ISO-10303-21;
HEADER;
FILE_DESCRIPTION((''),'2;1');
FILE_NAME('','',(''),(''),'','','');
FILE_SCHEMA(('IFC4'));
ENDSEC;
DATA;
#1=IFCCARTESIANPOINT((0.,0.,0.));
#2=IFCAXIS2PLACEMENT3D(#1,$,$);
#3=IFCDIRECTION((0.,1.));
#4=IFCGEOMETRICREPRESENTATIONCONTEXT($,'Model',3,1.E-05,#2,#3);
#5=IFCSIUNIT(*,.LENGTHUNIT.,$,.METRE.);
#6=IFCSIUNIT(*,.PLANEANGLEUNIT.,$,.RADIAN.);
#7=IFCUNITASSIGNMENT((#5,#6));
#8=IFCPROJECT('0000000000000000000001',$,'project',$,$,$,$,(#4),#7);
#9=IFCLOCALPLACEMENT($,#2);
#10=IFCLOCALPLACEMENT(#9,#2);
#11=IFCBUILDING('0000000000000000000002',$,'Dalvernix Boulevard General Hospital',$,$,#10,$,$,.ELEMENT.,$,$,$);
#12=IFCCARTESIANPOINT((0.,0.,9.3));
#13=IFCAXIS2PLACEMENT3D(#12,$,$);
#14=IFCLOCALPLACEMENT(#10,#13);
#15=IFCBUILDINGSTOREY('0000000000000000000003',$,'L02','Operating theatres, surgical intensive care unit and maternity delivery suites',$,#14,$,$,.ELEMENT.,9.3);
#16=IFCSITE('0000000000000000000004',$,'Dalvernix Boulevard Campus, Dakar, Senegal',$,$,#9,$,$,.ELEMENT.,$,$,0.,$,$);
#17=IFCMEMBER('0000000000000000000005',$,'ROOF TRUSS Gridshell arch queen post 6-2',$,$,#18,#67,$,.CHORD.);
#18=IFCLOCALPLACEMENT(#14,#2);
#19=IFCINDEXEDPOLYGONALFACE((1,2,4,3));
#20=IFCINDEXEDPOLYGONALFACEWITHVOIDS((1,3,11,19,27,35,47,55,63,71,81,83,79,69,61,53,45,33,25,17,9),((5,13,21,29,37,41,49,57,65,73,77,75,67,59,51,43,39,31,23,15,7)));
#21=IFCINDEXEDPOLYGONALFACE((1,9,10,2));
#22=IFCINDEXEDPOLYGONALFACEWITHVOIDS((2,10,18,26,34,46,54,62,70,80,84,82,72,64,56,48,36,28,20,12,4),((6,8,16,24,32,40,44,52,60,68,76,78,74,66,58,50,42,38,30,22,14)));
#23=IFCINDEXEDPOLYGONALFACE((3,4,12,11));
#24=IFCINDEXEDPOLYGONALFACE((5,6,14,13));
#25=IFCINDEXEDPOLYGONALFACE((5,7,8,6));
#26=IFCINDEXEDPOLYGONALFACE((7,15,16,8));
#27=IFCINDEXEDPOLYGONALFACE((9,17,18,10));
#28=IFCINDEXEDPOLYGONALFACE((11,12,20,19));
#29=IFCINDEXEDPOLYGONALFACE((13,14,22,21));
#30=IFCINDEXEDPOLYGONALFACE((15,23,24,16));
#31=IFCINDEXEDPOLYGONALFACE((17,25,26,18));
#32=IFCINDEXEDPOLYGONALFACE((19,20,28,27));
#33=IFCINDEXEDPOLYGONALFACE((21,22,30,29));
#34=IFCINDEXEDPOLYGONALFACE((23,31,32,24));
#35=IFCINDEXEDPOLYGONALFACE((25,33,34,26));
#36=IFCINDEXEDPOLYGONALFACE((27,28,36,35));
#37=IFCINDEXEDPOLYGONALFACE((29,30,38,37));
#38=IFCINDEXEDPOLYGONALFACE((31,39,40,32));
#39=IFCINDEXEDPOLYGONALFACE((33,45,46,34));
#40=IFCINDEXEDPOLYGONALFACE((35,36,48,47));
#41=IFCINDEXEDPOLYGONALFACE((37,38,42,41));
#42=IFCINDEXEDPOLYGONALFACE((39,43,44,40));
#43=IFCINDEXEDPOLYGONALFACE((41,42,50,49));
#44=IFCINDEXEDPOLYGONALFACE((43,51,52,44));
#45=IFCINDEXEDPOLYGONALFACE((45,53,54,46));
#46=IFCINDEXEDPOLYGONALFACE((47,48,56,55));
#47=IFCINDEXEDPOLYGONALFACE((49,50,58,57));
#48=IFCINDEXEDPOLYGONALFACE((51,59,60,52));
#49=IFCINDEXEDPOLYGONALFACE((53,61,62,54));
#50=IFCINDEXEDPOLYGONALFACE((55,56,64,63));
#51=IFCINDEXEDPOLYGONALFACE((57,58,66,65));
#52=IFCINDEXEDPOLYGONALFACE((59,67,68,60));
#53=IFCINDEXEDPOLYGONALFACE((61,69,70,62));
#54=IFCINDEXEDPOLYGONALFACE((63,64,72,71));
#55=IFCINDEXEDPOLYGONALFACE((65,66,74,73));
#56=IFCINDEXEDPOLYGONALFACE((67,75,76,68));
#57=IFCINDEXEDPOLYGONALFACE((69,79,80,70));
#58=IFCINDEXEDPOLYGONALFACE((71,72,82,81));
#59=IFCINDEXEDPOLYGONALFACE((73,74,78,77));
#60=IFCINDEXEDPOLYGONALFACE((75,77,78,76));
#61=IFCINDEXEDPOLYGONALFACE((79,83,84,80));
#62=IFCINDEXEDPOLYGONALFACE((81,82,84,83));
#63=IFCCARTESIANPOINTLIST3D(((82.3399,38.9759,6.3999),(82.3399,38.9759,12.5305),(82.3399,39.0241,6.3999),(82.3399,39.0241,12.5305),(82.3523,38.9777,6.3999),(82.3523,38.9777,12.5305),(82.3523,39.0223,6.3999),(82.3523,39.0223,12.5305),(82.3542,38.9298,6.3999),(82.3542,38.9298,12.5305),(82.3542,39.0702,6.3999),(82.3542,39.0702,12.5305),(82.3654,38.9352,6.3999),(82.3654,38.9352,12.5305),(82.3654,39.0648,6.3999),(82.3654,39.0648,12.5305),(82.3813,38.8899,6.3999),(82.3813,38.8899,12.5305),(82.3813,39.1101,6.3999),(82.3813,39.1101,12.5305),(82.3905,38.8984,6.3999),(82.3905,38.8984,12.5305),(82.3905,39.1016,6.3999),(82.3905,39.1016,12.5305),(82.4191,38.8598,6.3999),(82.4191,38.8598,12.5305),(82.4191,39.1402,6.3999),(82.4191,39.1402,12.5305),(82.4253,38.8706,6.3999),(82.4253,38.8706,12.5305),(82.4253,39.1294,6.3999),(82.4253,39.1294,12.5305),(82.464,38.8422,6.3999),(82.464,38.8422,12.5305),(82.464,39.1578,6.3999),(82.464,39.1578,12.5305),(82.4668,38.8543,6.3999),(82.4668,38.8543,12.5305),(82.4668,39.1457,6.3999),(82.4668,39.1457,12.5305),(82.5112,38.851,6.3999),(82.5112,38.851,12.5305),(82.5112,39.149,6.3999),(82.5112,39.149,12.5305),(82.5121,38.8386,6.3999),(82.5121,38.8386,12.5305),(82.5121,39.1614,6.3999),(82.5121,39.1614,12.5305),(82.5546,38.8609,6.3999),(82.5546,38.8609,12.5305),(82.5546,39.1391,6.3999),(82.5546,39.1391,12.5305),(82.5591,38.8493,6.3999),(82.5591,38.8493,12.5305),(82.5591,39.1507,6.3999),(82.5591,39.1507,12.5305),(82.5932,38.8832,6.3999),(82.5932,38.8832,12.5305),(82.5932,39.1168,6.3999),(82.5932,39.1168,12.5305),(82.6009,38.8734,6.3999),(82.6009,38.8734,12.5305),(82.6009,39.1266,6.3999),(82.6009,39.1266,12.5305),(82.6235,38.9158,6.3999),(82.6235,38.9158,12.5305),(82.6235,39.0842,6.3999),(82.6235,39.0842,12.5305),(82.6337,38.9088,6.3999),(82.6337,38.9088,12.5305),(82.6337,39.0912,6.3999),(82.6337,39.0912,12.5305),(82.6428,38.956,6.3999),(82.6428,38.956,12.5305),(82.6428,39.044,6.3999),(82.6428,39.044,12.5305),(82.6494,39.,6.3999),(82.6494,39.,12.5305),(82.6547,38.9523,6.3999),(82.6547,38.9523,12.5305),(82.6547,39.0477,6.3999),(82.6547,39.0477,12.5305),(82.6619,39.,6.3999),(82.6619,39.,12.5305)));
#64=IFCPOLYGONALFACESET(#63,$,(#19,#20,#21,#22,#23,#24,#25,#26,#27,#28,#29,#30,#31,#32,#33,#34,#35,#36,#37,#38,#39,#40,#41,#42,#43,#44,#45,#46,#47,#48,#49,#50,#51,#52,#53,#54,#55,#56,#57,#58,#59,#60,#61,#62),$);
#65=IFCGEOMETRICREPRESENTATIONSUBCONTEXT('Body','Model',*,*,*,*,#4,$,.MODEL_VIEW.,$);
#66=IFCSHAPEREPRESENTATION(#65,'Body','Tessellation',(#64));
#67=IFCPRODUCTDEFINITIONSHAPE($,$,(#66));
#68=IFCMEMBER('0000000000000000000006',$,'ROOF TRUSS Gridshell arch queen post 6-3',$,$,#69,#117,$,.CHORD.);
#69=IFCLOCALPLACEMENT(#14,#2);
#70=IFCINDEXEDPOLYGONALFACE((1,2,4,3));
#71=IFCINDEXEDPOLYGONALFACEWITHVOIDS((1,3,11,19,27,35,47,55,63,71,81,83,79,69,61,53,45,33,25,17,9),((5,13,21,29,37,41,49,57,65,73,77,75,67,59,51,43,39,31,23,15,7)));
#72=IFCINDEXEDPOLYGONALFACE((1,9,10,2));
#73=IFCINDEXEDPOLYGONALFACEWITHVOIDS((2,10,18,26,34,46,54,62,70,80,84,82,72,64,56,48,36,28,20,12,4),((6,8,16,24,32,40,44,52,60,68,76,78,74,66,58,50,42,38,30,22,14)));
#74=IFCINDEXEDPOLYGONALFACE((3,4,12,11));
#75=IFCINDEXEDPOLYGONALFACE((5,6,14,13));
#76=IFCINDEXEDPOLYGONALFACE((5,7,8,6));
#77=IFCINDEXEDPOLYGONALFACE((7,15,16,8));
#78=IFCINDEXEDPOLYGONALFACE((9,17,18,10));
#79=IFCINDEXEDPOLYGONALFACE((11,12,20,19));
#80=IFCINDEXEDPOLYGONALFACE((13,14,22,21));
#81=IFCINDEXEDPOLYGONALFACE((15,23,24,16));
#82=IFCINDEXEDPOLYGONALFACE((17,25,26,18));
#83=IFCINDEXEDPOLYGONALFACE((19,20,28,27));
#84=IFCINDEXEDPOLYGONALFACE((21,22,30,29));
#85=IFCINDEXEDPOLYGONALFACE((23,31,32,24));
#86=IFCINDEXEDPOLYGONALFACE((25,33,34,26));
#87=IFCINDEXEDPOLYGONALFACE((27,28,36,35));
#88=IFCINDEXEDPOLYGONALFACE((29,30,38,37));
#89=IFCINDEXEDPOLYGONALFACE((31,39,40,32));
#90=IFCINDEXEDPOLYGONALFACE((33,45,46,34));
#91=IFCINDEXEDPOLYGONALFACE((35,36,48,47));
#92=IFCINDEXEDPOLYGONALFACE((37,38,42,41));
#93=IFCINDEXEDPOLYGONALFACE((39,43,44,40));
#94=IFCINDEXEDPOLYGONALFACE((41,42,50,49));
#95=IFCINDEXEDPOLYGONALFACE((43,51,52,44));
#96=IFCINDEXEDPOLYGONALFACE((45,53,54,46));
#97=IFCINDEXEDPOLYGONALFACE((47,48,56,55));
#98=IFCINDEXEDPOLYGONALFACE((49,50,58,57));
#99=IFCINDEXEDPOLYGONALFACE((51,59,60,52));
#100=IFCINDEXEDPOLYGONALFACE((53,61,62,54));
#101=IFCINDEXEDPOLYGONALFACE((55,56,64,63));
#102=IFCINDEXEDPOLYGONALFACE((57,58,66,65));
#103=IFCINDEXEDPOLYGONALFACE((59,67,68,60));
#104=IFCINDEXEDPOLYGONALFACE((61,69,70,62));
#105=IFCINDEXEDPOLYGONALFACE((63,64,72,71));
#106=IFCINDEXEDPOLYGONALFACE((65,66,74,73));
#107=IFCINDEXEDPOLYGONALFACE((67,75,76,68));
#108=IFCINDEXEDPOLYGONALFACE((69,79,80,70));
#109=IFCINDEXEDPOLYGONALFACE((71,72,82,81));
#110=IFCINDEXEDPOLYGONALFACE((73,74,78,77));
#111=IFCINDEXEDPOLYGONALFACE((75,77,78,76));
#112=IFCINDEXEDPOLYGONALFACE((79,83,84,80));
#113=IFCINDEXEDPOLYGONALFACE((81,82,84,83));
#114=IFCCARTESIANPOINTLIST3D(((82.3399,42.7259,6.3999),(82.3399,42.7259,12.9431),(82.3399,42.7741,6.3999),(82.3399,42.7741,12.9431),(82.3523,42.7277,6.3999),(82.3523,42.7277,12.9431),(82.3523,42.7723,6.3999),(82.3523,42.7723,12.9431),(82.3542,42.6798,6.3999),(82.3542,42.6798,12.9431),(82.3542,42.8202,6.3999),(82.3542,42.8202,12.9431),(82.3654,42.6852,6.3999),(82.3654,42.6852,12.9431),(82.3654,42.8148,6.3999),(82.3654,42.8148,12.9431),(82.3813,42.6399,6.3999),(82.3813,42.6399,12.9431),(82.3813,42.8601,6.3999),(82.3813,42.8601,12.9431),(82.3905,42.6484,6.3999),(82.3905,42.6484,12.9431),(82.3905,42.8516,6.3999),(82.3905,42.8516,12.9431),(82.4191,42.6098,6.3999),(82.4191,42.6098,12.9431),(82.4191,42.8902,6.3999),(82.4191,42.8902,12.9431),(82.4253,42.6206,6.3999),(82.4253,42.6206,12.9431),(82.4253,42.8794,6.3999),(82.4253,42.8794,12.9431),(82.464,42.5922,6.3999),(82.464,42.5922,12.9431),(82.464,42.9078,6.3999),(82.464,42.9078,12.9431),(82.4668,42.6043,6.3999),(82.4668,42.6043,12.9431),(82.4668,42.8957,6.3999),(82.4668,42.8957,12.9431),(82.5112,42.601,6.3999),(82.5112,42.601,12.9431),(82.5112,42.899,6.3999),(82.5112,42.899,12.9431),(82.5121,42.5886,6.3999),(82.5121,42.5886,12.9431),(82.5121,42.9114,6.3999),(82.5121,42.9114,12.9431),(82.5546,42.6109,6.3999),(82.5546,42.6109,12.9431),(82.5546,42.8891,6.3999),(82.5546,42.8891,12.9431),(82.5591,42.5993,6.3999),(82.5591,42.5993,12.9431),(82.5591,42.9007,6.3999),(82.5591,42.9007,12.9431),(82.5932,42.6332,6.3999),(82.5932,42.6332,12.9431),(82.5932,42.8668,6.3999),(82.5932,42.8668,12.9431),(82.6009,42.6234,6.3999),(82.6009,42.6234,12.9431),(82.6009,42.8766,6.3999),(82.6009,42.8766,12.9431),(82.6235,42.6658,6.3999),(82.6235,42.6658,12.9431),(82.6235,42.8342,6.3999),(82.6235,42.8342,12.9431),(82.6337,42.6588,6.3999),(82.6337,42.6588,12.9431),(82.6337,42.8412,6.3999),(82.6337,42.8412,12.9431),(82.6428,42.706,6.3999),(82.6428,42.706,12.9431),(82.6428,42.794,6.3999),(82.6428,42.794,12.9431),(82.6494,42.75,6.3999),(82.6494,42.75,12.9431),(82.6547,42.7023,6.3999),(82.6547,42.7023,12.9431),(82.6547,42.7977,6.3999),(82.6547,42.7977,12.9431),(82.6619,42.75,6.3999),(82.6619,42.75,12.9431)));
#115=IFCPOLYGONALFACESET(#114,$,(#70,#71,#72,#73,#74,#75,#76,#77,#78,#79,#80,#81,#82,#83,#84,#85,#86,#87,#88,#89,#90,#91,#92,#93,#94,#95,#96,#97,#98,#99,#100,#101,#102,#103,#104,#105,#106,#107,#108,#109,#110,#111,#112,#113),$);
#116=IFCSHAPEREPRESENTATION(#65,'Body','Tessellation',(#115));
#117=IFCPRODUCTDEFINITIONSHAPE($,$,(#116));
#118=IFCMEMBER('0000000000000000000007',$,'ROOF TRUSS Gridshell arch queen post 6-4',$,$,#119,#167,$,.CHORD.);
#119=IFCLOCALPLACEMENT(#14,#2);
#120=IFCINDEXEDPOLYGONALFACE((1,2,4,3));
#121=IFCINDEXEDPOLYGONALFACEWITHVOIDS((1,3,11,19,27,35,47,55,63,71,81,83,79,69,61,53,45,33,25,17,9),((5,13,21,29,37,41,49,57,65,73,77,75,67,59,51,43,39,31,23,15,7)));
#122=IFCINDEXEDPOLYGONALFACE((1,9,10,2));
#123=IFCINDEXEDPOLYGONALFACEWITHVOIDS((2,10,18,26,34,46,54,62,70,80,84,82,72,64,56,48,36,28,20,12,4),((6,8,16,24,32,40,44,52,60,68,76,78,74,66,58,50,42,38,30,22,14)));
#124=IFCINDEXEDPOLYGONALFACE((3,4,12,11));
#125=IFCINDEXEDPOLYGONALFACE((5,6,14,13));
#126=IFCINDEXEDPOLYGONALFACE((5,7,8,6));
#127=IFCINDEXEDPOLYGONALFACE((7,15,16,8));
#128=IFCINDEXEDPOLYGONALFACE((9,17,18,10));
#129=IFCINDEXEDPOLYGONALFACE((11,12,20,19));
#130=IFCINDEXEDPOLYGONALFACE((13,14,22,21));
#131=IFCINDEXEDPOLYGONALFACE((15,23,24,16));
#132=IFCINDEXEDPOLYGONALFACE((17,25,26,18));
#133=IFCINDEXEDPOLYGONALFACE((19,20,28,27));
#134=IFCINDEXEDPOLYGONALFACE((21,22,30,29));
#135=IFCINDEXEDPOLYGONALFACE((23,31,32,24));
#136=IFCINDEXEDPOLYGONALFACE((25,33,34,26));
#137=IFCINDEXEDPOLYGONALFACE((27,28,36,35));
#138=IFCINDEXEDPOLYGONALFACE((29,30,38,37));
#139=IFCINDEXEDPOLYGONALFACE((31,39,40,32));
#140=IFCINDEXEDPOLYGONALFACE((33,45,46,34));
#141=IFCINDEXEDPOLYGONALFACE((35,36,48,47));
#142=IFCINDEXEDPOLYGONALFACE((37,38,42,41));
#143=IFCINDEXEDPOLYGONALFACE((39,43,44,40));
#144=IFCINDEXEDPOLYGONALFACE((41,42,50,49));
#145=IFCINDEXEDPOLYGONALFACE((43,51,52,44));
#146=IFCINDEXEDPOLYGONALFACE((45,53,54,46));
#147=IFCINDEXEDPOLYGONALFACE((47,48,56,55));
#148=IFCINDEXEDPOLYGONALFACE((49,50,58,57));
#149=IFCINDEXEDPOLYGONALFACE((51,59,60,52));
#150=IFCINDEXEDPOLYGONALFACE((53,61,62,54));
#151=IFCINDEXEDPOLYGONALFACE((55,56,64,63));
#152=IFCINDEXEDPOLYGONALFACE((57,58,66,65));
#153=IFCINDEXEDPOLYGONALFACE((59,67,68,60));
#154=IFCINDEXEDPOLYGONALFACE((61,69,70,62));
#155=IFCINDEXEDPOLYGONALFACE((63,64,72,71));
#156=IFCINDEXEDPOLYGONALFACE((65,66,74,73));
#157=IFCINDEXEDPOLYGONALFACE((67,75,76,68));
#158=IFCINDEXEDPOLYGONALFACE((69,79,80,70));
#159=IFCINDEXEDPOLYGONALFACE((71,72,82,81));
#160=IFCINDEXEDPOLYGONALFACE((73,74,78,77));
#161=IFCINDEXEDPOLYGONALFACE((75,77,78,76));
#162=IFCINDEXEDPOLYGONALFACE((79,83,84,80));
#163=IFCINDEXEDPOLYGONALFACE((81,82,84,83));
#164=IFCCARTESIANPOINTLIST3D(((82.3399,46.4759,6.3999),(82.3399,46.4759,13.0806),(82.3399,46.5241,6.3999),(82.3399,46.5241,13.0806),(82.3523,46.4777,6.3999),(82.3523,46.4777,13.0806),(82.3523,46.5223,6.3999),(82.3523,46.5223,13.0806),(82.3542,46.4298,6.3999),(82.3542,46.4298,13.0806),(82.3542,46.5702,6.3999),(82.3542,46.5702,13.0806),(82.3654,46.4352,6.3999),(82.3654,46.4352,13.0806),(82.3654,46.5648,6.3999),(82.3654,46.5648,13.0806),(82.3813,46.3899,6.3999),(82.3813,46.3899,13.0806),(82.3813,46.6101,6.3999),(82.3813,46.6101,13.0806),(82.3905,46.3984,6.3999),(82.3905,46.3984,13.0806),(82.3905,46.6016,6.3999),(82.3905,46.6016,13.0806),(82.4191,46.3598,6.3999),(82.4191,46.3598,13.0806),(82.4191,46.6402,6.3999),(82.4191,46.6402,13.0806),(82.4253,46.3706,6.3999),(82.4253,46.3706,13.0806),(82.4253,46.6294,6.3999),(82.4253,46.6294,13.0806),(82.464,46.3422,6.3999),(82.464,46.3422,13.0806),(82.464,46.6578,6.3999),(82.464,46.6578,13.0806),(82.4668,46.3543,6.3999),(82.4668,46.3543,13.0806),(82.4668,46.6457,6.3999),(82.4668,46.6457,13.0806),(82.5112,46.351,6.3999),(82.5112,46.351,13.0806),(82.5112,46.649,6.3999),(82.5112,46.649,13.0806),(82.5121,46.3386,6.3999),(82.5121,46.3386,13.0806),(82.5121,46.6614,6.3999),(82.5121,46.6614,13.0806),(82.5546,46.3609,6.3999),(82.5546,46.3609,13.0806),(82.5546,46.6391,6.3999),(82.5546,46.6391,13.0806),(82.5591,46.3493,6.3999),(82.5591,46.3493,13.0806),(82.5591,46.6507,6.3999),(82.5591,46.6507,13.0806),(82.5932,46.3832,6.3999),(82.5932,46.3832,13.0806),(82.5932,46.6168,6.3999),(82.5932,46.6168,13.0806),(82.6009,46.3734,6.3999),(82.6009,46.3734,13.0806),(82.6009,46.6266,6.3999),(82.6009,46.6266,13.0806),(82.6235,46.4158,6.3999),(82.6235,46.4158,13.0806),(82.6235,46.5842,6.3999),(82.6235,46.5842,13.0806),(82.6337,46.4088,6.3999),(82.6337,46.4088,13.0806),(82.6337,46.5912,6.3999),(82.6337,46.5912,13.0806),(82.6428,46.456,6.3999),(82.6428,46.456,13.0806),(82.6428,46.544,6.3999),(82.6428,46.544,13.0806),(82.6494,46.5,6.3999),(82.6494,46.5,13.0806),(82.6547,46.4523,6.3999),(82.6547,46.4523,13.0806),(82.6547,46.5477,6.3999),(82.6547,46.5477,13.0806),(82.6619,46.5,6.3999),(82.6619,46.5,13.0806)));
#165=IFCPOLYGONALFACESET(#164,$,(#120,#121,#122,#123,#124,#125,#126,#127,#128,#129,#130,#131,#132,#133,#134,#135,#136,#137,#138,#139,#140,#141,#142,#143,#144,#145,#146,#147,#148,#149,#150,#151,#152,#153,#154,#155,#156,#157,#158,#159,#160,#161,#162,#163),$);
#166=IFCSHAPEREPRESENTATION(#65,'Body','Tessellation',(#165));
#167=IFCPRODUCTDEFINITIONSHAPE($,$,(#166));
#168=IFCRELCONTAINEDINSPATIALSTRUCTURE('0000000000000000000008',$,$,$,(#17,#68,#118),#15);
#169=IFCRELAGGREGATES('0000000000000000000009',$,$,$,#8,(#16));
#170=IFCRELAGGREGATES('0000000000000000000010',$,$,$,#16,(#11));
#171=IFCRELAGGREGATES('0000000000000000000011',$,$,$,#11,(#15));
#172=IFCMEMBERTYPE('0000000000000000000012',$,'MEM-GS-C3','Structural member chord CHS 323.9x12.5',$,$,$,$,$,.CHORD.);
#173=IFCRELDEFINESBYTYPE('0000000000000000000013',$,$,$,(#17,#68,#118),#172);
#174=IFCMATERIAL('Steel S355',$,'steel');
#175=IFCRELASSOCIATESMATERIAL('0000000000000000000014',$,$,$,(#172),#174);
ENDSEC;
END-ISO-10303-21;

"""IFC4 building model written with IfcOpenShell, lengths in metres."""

from ifc_helpers import new_model, si_unit, direction, frame, origin, origin_2d, place, context, subcontext, project, spatial, hollow_circle, extrude, material, material_profile, profile_set, type_object, element, save


model = new_model("IFC4")

# Units and contexts
model_context = context("Model", 3, precision=1e-05, world=origin(), true_north=direction((0.0, 1.0)))
body_context = subcontext(model_context, "Body", "Model", "MODEL_VIEW")
ifc_project = project(units=[si_unit("LENGTHUNIT", "METRE"), si_unit("PLANEANGLEUNIT", "RADIAN")], contexts=[model_context])

# Site, building, storey
site_placement = place(None, origin())
site = spatial("IfcSite", under=ifc_project, at=site_placement, Name="Dalvernix Boulevard Campus, Dakar, Senegal", CompositionType="ELEMENT", RefElevation=0.0)
building_placement = place(site_placement, origin())
building = spatial("IfcBuilding", under=site, at=building_placement, Name="Dalvernix Boulevard General Hospital", CompositionType="ELEMENT")
storey_placement = place(building_placement, frame((0.0, 0.0, 9.3)))
storey = spatial("IfcBuildingStorey", under=building, at=storey_placement, Name="L02", Description="Operating theatres, surgical intensive care unit and maternity delivery suites", CompositionType="ELEMENT", Elevation=9.3)

# Shared definitions
ifc_material_1 = material(Name="Steel S355", Category="steel")

# Members
ifc_material_profile_1 = material_profile(ifc_material_1, hollow_circle(Radius=0.1619, WallThickness=0.0125, at=origin_2d()), Name="CHS 323.9x12.5")
ifc_profile_set_1 = profile_set([ifc_material_profile_1], Name="Steel S355")
member_type_1 = type_object("IfcMemberType", Name="MEM-GS-C3", Description="Structural member chord CHS 323.9x12.5", PredefinedType="CHORD", material=ifc_profile_set_1)
member_1_placement = place(storey_placement, frame((82.5, 39.0, 6.3999), z_axis=(0.0, 0.0, 1.0), x_axis=(1.0, 0.0, 0.0)))
element("IfcMember", 1, at=member_1_placement, inside=storey, type_object=member_type_1, Name="ROOF TRUSS Gridshell arch queen post 6-2", PredefinedType="CHORD", context=body_context, shape_type="SweptSolid", body=[
    extrude(hollow_circle(Radius=0.1619, WallThickness=0.0125, at=origin_2d()), origin(), (0.0, 0.0, 1.0), 6.1306),
])
member_2_placement = place(storey_placement, frame((82.5, 42.75, 6.3999), z_axis=(0.0, 0.0, 1.0), x_axis=(1.0, 0.0, 0.0)))
element("IfcMember", 2, at=member_2_placement, inside=storey, type_object=member_type_1, Name="ROOF TRUSS Gridshell arch queen post 6-3", PredefinedType="CHORD", context=body_context, shape_type="SweptSolid", body=[
    extrude(hollow_circle(Radius=0.1619, WallThickness=0.0125, at=origin_2d()), origin(), (0.0, 0.0, 1.0), 6.5432),
])
member_3_placement = place(storey_placement, frame((82.5, 46.5, 6.3999), z_axis=(0.0, 0.0, 1.0), x_axis=(1.0, 0.0, 0.0)))
element("IfcMember", 3, at=member_3_placement, inside=storey, type_object=member_type_1, Name="ROOF TRUSS Gridshell arch queen post 6-4", PredefinedType="CHORD", context=body_context, shape_type="SweptSolid", body=[
    extrude(hollow_circle(Radius=0.1619, WallThickness=0.0125, at=origin_2d()), origin(), (0.0, 0.0, 1.0), 6.6807),
])

save(model, "model.ifc")
